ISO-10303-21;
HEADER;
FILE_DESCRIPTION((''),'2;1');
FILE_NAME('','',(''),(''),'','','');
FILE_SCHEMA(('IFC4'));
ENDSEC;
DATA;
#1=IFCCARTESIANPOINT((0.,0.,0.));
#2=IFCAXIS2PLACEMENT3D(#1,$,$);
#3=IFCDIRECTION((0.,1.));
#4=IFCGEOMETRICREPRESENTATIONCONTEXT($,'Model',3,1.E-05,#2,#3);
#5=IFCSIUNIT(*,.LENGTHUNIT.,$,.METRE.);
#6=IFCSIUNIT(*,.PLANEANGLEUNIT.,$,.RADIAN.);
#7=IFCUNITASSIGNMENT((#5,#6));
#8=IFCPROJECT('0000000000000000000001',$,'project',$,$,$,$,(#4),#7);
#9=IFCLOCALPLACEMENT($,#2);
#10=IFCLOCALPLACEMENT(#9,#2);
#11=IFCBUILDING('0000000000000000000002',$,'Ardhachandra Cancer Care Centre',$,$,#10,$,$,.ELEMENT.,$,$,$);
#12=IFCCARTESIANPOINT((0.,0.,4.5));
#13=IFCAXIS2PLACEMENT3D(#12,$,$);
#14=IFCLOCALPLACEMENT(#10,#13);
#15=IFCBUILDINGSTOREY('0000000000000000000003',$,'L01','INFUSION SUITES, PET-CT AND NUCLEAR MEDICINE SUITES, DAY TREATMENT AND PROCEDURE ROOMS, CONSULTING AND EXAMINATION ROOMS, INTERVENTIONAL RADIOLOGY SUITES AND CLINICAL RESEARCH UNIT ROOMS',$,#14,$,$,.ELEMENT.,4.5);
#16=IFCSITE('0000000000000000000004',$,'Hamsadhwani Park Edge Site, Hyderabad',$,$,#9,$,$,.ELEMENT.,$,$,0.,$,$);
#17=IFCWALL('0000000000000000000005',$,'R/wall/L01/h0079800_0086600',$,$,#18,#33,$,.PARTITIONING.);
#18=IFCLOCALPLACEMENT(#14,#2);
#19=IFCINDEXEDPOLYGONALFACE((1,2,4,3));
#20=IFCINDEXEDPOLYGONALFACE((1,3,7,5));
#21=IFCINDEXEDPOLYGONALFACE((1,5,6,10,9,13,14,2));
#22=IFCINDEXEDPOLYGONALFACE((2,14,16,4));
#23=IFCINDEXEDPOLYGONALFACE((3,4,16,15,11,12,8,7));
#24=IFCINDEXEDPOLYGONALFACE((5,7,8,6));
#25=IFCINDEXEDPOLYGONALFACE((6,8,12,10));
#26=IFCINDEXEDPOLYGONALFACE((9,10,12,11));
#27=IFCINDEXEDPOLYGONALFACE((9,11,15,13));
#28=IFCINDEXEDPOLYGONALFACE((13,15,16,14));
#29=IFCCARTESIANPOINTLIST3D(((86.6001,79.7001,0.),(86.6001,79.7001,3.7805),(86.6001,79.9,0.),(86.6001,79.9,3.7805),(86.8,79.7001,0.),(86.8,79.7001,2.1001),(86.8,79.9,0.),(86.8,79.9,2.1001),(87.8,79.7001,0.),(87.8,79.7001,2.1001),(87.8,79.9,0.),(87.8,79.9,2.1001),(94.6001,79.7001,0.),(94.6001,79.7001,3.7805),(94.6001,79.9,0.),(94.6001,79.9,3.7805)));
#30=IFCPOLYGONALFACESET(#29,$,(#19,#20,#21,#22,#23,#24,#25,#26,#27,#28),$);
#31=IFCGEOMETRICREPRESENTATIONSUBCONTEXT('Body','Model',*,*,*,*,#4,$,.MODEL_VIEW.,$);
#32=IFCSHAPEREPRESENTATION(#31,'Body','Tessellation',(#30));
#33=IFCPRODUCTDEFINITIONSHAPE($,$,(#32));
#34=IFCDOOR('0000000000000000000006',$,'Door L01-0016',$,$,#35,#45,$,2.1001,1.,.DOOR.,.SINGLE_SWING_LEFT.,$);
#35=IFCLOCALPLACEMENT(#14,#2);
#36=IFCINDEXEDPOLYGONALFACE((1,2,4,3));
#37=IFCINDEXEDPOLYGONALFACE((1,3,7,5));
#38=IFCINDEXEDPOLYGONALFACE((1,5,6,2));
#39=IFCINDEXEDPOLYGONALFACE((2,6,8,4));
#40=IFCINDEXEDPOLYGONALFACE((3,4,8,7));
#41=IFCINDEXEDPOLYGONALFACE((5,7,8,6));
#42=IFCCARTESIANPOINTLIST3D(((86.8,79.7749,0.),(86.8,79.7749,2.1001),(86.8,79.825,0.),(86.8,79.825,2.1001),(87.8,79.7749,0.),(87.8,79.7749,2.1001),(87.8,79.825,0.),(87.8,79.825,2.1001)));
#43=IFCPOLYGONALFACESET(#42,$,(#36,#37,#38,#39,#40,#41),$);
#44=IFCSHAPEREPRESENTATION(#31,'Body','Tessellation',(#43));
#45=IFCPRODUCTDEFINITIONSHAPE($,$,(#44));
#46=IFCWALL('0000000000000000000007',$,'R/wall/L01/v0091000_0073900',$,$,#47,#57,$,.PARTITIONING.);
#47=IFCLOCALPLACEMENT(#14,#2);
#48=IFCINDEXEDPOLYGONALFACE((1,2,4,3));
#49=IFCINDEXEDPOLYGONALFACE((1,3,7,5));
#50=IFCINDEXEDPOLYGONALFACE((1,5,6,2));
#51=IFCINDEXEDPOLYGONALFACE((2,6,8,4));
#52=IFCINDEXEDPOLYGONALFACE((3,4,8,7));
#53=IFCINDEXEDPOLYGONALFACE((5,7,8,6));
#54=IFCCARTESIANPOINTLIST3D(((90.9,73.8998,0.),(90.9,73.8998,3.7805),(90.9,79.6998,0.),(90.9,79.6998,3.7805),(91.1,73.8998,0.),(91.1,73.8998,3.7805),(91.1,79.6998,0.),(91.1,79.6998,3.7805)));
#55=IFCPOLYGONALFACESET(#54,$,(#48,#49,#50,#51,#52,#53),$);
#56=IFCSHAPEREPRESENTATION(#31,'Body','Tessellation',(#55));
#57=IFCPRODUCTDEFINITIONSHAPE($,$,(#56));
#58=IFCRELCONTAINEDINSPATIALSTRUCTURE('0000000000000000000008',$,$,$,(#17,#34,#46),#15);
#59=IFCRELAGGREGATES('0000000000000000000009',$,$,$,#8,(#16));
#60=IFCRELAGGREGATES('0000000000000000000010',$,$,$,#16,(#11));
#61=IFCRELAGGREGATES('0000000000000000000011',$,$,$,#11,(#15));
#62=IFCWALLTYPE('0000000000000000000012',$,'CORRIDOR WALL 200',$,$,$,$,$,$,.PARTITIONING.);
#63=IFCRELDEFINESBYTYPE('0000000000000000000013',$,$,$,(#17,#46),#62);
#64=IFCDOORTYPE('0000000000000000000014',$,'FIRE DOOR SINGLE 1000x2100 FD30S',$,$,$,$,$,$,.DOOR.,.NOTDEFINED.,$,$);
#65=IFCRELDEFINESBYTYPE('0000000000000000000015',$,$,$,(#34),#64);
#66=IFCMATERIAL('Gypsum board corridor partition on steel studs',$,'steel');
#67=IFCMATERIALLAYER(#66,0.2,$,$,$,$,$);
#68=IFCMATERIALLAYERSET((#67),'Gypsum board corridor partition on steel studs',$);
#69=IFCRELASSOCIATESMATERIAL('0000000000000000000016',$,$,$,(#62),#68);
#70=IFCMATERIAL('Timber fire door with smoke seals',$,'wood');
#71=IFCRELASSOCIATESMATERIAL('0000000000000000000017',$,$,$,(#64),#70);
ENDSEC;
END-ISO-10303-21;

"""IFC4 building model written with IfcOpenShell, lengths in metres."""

from ifc_helpers import new_model, si_unit, direction, frame, frame_2d, origin, place, context, subcontext, project, spatial, rectangle, extrude, material, layer, layer_set, type_object, element, fill, save


model = new_model("IFC4")

# Units and contexts
model_context = context("Model", 3, precision=1e-05, world=origin(), true_north=direction((0.0, 1.0)))
body_context = subcontext(model_context, "Body", "Model", "MODEL_VIEW")
ifc_project = project(units=[si_unit("LENGTHUNIT", "METRE"), si_unit("PLANEANGLEUNIT", "RADIAN")], contexts=[model_context])

# Site, building, storey
site_placement = place(None, origin())
site = spatial("IfcSite", under=ifc_project, at=site_placement, Name="Hamsadhwani Park Edge Site, Hyderabad", CompositionType="ELEMENT", RefElevation=0.0)
building_placement = place(site_placement, origin())
building = spatial("IfcBuilding", under=site, at=building_placement, Name="Ardhachandra Cancer Care Centre", CompositionType="ELEMENT")
storey_placement = place(building_placement, frame((0.0, 0.0, 4.5)))
storey = spatial("IfcBuildingStorey", under=building, at=storey_placement, Name="L01", Description="INFUSION SUITES, PET-CT AND NUCLEAR MEDICINE SUITES, DAY TREATMENT AND PROCEDURE ROOMS, CONSULTING AND EXAMINATION ROOMS, INTERVENTIONAL RADIOLOGY SUITES AND CLINICAL RESEARCH UNIT ROOMS", CompositionType="ELEMENT", Elevation=4.5)

# Wall, opening, door
ifc_material_1 = material(Name="Gypsum board corridor partition on steel studs", Category="steel")
ifc_layer = layer(ifc_material_1, 0.2)
ifc_layer_set = layer_set([ifc_layer], Name="Gypsum board corridor partition on steel studs")
wall_type = type_object("IfcWallType", Name="CORRIDOR WALL 200", PredefinedType="PARTITIONING", material=ifc_layer_set)
wall_1_placement = place(storey_placement, frame((86.6001, 79.8, 0.0), z_axis=(0.0, 0.0, 1.0), x_axis=(1.0, 0.0, 0.0)))
wall_1 = element("IfcWall", 1, at=wall_1_placement, inside=storey, type_object=wall_type, Name="R/wall/L01/h0079800_0086600", PredefinedType="PARTITIONING", context=body_context, shape_type="SweptSolid", body=[
    extrude(rectangle(XDim=8.0, YDim=0.2, at=frame_2d((4.0, 0.0))), origin(), (0.0, 0.0, 1.0), 3.7805),
])
opening_placement = place(wall_1_placement, frame((0.2, 0.0, 0.0)))
opening = element("IfcOpeningElement", 2, at=opening_placement, cuts=wall_1, PredefinedType="OPENING", context=body_context, shape_type="SweptSolid", body=[
    extrude(rectangle(XDim=1.0, YDim=2.1001, at=frame_2d((0.5, 1.05))), frame((0.0, 0.1099, 0.0), z_axis=(0.0, -1.0, 0.0), x_axis=(1.0, 0.0, 0.0)), (0.0, 0.0, 1.0), 0.22),
])
ifc_material_2 = material(Name="Timber fire door with smoke seals", Category="wood")
door_type = type_object("IfcDoorType", Name="FIRE DOOR SINGLE 1000x2100 FD30S", OperationType="NOTDEFINED", PredefinedType="DOOR", material=ifc_material_2)
door_placement = place(opening_placement, origin())
door = element("IfcDoor", 3, at=door_placement, inside=storey, type_object=door_type, Name="Door L01-0016", OperationType="SINGLE_SWING_LEFT", OverallHeight=2.1001, OverallWidth=1.0, PredefinedType="DOOR", context=body_context, shape_type="SweptSolid", body=[
    extrude(rectangle(XDim=1.0, YDim=2.1001, at=frame_2d((0.5, 1.05))), frame((0.0, 0.0249, 0.0), z_axis=(0.0, -1.0, 0.0), x_axis=(1.0, 0.0, 0.0)), (0.0, 0.0, 1.0), 0.05),
])
fill(opening, door)

# Wall
wall_2_placement = place(storey_placement, frame((91.0, 73.8999, 0.0), z_axis=(0.0, 0.0, 1.0), x_axis=(0.0, 1.0, 0.0)))
element("IfcWall", 4, at=wall_2_placement, inside=storey, type_object=wall_type, Name="R/wall/L01/v0091000_0073900", PredefinedType="PARTITIONING", context=body_context, shape_type="SweptSolid", body=[
    extrude(rectangle(XDim=5.8, YDim=0.2, at=frame_2d((2.8999, 0.0))), origin(), (0.0, 0.0, 1.0), 3.7805),
])

save(model, "model.ifc")
